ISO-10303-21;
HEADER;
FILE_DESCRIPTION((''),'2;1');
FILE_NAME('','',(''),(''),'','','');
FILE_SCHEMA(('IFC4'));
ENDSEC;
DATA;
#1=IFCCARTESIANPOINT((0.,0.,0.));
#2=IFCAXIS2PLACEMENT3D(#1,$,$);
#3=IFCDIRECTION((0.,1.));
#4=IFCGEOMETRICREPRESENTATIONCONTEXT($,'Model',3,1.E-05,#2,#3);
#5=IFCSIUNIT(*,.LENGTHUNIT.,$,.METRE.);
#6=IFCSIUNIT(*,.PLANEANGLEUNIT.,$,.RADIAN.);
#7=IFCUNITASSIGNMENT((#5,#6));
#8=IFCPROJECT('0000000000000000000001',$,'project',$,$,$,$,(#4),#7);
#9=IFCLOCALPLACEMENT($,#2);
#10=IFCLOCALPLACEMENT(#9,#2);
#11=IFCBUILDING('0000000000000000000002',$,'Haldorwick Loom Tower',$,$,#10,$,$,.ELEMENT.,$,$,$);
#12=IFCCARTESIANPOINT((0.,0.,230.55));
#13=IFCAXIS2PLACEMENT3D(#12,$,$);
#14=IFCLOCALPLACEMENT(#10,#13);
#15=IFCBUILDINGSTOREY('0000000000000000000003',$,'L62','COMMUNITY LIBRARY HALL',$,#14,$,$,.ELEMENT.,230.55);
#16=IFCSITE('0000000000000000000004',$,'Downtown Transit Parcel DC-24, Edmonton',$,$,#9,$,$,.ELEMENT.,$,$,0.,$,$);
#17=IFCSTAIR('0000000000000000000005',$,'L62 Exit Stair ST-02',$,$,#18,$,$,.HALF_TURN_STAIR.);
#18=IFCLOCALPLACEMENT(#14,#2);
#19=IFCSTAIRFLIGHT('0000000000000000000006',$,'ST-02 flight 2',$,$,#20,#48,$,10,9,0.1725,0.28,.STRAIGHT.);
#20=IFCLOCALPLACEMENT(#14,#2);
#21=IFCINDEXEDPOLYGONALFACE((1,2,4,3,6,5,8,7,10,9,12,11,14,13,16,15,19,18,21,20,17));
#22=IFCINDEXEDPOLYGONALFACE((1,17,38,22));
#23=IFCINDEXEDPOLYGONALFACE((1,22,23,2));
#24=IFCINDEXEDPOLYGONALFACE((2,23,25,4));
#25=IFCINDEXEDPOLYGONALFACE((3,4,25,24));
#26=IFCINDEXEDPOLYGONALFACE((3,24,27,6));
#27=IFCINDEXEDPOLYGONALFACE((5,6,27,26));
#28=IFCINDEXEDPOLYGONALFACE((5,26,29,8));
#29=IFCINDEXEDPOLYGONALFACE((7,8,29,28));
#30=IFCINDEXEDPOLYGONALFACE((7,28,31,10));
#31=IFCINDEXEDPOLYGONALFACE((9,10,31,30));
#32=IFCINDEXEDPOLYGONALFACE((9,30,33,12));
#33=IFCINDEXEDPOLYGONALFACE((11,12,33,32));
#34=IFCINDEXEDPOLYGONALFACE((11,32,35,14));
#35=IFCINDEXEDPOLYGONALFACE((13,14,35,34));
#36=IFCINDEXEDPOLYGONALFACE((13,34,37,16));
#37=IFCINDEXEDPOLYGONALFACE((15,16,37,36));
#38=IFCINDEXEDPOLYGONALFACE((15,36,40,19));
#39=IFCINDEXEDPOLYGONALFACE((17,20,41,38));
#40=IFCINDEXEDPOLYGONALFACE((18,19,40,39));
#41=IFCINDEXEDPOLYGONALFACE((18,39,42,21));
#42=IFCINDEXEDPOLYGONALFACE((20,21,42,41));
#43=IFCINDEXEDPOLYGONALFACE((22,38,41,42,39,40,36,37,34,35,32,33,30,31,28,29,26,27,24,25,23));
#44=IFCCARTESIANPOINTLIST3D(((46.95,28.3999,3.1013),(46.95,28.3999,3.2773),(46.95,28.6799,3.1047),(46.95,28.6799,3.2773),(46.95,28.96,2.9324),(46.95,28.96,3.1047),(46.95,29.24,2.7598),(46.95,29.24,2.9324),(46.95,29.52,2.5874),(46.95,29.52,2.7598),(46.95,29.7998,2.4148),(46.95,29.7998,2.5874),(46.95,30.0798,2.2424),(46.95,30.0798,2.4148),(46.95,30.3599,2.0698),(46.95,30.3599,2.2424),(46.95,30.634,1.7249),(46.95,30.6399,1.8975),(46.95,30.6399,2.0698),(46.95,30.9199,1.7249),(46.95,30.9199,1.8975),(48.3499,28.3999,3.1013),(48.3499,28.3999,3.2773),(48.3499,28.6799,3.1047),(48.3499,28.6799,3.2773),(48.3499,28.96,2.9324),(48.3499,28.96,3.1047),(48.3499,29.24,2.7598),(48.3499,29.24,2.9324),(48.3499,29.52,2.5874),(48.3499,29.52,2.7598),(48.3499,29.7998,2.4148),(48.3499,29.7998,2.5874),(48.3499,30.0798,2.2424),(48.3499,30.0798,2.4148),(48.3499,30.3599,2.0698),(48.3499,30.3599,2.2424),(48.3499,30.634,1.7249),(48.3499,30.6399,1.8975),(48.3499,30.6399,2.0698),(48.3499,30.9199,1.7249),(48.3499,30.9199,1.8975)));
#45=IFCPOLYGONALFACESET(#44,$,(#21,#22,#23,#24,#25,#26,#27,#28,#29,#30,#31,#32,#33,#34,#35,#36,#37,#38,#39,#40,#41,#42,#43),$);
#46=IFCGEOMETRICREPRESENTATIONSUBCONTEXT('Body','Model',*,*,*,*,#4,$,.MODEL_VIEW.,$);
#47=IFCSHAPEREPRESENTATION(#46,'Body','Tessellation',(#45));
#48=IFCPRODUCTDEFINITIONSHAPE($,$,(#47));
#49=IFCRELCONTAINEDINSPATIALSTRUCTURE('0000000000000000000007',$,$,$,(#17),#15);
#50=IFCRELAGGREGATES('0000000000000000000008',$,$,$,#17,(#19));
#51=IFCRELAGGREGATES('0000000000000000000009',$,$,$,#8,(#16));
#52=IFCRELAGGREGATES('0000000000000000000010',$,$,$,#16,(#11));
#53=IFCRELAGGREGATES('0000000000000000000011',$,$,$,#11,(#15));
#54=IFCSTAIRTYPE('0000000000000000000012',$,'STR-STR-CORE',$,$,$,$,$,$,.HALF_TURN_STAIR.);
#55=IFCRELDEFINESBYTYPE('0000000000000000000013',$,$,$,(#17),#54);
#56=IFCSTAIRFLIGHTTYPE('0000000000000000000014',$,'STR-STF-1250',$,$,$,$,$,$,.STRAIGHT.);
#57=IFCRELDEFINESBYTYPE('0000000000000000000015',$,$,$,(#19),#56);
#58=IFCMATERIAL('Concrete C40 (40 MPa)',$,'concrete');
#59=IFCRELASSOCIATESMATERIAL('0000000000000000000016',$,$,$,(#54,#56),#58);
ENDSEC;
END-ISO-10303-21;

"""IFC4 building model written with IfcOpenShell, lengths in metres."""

from ifc_helpers import new_model, si_unit, direction, frame, origin, place, context, subcontext, project, spatial, polyline, outline, extrude, material, type_object, element, aggregate, save


model = new_model("IFC4")

# Units and contexts
model_context = context("Model", 3, precision=1e-05, world=origin(), true_north=direction((0.0, 1.0)))
body_context = subcontext(model_context, "Body", "Model", "MODEL_VIEW")
ifc_project = project(units=[si_unit("LENGTHUNIT", "METRE"), si_unit("PLANEANGLEUNIT", "RADIAN")], contexts=[model_context])

# Site, building, storey
site_placement = place(None, origin())
site = spatial("IfcSite", under=ifc_project, at=site_placement, Name="Downtown Transit Parcel DC-24, Edmonton", CompositionType="ELEMENT", RefElevation=0.0)
building_placement = place(site_placement, origin())
building = spatial("IfcBuilding", under=site, at=building_placement, Name="Haldorwick Loom Tower", CompositionType="ELEMENT")
storey_placement = place(building_placement, frame((0.0, 0.0, 230.55)))
storey = spatial("IfcBuildingStorey", under=building, at=storey_placement, Name="L62", Description="COMMUNITY LIBRARY HALL", CompositionType="ELEMENT", Elevation=230.55)

# Stair, stair flight
ifc_material_1 = material(Name="Concrete C40 (40 MPa)", Category="concrete")
stair_type = type_object("IfcStairType", Name="STR-STR-CORE", PredefinedType="HALF_TURN_STAIR", material=ifc_material_1)
stair_placement = place(storey_placement, origin())
stair = element("IfcStair", 1, at=stair_placement, inside=storey, type_object=stair_type, Name="L62 Exit Stair ST-02", PredefinedType="HALF_TURN_STAIR")
stair_flight_type = type_object("IfcStairFlightType", Name="STR-STF-1250", PredefinedType="STRAIGHT", material=ifc_material_1)
stair_flight_1_placement = place(storey_placement, frame((47.6499, 30.9199, 1.7249), z_axis=(0.0, 0.0, 1.0), x_axis=(0.0, -1.0, 0.0)))
stair_flight_1 = element("IfcStairFlight", 2, at=stair_flight_1_placement, type_object=stair_flight_type, Name="ST-02 flight 2", NumberOfRisers=10, NumberOfTreads=9, PredefinedType="STRAIGHT", RiserHeight=0.1725, TreadLength=0.28, context=body_context, shape_type="SweptSolid", body=[
    extrude(outline(polyline([(0.0, 0.0), (0.0, 0.1726), (0.28, 0.1726), (0.28, 0.345), (0.5601, 0.345), (0.5601, 0.5176), (0.8401, 0.5176), (0.8401, 0.6899), (1.1201, 0.6899), (1.1201, 0.8625), (1.3999, 0.8625), (1.3999, 1.0349), (1.6799, 1.0349), (1.6799, 1.2075), (1.96, 1.2075), (1.96, 1.3799), (2.24, 1.3799), (2.24, 1.5525), (2.52, 1.5525), (2.52, 1.7251), (2.52, 1.3765), (0.2859, 0.0), (0.0, 0.0)])), frame((0.0, 0.7, 0.0), z_axis=(0.0, -1.0, 0.0), x_axis=(1.0, 0.0, 0.0)), (0.0, 0.0, 1.0), 1.3999),
])
aggregate(stair, [stair_flight_1])

save(model, "model.ifc")
